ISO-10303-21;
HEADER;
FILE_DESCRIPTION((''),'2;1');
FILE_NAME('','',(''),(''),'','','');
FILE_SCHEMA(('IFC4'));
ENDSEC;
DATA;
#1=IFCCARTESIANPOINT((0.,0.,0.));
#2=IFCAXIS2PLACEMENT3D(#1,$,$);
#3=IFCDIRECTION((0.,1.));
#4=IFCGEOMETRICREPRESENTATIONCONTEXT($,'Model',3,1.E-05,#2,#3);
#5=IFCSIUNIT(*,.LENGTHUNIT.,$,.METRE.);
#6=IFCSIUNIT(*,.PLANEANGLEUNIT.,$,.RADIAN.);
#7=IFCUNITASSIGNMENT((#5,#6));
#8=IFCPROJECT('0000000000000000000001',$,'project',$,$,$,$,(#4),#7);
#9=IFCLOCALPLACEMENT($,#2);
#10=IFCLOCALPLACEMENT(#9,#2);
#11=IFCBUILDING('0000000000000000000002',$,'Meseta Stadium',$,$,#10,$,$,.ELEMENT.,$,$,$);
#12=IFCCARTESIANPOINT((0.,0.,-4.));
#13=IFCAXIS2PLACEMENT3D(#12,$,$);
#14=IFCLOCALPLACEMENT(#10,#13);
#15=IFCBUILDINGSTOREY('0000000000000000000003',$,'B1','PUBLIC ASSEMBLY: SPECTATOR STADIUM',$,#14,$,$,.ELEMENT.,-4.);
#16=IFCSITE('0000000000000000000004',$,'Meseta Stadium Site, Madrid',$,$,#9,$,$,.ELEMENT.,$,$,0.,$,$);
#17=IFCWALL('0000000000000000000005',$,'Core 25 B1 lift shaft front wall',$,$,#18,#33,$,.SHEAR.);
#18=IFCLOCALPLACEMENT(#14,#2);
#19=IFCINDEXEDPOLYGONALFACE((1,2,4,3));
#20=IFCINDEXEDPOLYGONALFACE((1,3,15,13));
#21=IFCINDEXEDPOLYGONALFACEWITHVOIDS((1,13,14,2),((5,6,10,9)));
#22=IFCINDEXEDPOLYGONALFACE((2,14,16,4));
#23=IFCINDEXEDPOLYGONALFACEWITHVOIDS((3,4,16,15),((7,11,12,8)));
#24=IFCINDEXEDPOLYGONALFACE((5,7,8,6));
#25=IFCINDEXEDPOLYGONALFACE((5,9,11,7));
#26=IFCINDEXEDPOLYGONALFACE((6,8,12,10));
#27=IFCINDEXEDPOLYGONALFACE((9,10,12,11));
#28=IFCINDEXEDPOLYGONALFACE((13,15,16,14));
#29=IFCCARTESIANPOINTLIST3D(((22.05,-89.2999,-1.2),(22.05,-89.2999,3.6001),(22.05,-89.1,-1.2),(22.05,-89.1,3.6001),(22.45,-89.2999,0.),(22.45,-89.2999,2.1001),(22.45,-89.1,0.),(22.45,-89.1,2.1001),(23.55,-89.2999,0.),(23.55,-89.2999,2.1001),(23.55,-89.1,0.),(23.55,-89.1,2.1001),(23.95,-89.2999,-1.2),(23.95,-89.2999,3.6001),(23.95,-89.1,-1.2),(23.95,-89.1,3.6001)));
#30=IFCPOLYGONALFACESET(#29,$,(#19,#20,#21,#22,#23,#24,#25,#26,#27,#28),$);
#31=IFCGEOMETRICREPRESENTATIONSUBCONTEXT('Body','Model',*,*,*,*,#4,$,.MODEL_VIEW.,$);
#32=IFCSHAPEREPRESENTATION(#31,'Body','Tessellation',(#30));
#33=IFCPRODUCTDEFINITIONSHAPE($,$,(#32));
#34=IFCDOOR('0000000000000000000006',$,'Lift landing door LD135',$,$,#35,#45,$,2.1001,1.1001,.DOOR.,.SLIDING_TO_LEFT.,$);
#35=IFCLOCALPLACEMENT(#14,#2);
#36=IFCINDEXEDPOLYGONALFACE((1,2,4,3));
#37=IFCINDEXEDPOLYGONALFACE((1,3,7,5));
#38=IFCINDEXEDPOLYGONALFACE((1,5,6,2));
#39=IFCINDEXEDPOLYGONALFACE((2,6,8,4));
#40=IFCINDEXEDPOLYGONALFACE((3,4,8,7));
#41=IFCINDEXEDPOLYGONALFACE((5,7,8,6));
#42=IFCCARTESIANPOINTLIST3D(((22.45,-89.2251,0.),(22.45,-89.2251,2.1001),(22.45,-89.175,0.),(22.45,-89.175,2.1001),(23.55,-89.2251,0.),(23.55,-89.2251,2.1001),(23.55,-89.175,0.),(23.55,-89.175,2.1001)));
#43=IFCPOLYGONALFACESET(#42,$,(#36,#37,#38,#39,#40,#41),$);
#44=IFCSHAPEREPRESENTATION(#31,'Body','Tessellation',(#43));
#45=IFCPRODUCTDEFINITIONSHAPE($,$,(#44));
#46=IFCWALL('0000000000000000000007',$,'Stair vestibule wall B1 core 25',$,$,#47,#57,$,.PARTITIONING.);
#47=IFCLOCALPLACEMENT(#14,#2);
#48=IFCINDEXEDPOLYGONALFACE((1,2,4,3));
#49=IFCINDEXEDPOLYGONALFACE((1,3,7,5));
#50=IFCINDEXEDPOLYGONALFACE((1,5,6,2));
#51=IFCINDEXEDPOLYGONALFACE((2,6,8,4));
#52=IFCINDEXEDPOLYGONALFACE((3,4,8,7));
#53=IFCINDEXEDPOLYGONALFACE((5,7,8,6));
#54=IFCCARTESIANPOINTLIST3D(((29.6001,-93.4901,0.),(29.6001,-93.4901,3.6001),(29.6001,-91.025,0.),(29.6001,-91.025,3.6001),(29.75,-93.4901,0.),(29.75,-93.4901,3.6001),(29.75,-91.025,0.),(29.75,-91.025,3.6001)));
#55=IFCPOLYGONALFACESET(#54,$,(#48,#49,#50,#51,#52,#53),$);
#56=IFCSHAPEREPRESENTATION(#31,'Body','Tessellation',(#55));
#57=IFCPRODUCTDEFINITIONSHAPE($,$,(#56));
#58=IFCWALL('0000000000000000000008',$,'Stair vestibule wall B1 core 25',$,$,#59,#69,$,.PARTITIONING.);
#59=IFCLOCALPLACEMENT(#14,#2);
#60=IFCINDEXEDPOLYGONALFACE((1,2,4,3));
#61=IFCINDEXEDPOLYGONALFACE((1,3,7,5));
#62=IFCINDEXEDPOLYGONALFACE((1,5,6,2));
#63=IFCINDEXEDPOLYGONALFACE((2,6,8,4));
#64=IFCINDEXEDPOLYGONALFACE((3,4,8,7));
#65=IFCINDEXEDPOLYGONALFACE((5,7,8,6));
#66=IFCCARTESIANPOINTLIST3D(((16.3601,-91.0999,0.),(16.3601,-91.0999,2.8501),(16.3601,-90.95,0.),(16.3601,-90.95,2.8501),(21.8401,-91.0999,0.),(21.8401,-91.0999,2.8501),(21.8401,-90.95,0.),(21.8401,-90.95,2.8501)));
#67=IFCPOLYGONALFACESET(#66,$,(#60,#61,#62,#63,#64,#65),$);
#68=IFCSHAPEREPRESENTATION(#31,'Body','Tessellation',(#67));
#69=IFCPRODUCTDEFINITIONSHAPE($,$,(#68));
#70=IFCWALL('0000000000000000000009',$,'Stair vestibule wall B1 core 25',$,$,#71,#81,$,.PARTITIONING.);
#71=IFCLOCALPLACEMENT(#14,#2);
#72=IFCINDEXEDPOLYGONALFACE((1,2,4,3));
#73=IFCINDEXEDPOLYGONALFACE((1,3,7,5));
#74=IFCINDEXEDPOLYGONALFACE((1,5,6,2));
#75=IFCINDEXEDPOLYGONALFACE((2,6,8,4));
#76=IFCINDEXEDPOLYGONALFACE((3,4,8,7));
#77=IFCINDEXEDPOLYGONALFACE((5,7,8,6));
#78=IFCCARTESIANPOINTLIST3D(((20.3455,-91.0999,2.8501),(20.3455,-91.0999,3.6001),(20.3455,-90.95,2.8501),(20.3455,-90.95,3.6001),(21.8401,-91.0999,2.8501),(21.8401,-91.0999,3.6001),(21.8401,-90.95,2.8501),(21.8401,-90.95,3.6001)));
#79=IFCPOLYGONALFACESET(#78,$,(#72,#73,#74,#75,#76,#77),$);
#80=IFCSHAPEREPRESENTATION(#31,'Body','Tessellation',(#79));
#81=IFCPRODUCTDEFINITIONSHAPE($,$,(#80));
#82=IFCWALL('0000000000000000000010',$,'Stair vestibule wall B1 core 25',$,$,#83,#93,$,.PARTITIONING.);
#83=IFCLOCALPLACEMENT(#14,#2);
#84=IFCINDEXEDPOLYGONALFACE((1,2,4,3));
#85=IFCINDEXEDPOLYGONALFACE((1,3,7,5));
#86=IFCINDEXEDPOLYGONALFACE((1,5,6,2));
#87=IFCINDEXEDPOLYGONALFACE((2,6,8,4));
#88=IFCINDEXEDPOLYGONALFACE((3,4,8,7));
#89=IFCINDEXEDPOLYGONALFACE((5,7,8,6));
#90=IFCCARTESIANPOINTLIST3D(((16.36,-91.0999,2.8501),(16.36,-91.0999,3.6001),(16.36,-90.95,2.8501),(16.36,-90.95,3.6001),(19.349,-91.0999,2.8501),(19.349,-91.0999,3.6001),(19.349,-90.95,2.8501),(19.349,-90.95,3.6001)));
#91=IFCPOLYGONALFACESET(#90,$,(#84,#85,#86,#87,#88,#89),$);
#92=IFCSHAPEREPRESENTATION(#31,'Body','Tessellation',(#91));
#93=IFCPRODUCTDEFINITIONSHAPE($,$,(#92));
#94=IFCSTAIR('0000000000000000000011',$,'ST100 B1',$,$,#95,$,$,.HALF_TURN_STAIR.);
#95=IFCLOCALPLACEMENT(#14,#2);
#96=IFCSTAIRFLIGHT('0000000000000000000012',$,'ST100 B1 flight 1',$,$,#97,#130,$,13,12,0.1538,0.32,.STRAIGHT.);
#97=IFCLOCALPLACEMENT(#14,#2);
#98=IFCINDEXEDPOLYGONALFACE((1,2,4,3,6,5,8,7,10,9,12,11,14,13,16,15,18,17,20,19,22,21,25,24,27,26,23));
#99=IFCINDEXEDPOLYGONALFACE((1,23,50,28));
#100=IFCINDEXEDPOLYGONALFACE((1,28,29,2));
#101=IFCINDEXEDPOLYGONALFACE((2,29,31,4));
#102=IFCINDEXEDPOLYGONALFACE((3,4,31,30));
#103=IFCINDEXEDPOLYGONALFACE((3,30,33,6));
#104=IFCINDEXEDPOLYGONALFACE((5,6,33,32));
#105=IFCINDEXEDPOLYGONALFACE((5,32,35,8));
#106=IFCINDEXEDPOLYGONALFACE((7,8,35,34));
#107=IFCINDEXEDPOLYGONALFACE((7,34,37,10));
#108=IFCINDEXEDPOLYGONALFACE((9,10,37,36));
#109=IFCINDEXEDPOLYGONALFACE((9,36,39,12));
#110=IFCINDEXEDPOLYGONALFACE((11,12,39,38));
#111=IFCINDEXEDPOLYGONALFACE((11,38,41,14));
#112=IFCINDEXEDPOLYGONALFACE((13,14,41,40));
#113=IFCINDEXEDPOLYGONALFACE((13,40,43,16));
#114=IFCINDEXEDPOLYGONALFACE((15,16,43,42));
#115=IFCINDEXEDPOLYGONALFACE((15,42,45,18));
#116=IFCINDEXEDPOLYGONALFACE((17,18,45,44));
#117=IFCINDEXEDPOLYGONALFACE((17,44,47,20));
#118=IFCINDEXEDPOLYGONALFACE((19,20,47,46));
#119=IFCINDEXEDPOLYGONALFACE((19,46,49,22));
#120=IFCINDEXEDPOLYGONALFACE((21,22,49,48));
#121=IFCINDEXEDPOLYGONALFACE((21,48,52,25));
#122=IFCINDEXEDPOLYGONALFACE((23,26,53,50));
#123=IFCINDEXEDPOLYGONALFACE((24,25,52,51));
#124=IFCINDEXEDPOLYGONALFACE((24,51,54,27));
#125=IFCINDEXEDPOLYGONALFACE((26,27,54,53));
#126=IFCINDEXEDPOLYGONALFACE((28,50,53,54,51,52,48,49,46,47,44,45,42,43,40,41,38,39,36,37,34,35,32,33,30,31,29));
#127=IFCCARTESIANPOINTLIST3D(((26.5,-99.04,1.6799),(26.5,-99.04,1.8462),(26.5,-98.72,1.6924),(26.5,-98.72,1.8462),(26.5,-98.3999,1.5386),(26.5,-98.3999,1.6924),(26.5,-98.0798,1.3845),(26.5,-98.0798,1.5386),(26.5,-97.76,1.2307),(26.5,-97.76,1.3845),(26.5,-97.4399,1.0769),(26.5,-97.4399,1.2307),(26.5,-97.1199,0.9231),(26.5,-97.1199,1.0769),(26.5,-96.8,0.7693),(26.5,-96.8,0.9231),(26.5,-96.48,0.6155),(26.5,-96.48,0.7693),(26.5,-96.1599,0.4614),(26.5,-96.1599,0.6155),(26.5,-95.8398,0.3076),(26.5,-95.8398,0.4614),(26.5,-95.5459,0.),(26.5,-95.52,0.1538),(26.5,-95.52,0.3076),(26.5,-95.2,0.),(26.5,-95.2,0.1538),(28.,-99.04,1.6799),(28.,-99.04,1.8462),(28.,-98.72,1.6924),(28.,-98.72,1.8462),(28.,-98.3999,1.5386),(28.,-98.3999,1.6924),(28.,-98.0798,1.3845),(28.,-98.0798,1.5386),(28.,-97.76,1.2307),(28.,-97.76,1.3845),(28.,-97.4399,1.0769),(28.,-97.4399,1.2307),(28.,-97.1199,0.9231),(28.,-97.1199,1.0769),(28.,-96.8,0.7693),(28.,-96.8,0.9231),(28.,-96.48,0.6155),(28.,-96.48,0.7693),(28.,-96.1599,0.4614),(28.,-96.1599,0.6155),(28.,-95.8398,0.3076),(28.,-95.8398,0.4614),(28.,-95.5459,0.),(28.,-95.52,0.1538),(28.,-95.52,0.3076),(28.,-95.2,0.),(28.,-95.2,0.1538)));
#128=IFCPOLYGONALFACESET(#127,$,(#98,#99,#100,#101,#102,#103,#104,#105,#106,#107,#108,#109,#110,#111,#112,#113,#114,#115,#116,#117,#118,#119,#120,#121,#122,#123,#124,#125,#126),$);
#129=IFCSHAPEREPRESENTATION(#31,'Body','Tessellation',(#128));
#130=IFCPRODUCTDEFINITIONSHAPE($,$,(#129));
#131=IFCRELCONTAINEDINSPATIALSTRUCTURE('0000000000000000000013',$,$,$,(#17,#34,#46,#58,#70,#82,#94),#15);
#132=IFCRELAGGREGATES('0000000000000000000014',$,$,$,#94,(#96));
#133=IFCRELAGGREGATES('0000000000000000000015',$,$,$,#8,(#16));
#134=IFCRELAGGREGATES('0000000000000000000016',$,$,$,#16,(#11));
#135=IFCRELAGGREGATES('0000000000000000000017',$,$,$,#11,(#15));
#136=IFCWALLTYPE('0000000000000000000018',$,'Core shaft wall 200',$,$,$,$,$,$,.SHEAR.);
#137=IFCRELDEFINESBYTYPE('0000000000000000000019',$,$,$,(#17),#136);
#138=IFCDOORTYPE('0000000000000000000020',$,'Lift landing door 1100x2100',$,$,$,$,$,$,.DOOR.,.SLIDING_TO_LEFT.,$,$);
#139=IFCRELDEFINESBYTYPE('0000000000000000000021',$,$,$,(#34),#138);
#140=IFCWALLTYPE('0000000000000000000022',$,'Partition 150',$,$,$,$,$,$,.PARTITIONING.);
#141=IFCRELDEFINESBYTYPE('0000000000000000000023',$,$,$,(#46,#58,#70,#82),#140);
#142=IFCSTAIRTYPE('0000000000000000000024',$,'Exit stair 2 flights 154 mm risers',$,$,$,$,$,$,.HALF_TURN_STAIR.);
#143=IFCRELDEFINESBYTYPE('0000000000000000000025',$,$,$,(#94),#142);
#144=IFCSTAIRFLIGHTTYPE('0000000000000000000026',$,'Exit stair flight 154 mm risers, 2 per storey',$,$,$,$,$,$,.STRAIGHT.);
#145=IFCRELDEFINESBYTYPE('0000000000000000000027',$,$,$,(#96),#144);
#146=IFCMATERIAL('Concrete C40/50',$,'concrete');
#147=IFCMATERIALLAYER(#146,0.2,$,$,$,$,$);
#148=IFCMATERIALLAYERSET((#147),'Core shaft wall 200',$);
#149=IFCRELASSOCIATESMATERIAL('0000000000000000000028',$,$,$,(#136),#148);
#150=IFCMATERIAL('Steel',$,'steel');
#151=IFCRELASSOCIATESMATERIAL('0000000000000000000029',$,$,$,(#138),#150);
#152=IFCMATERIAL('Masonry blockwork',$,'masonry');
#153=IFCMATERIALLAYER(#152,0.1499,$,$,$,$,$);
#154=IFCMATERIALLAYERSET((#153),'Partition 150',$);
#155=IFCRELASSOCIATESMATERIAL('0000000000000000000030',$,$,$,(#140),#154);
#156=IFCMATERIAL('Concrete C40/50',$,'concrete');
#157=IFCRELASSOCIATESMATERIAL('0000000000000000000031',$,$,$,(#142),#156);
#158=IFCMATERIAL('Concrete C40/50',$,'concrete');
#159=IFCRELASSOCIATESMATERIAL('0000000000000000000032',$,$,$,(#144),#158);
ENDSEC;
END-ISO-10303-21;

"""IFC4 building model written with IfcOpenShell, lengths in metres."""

from ifc_helpers import new_model, si_unit, direction, frame, frame_2d, origin, place, context, subcontext, project, spatial, polyline, rectangle, outline, extrude, material, layer, layer_set, type_object, element, fill, aggregate, save


model = new_model("IFC4")

# Units and contexts
model_context = context("Model", 3, precision=1e-05, world=origin(), true_north=direction((0.0, 1.0)))
body_context = subcontext(model_context, "Body", "Model", "MODEL_VIEW")
ifc_project = project(units=[si_unit("LENGTHUNIT", "METRE"), si_unit("PLANEANGLEUNIT", "RADIAN")], contexts=[model_context])

# Site, building, storey
site_placement = place(None, origin())
site = spatial("IfcSite", under=ifc_project, at=site_placement, Name="Meseta Stadium Site, Madrid", CompositionType="ELEMENT", RefElevation=0.0)
building_placement = place(site_placement, origin())
building = spatial("IfcBuilding", under=site, at=building_placement, Name="Meseta Stadium", CompositionType="ELEMENT")
storey_placement = place(building_placement, frame((0.0, 0.0, -4.0)))
storey = spatial("IfcBuildingStorey", under=building, at=storey_placement, Name="B1", Description="PUBLIC ASSEMBLY: SPECTATOR STADIUM", CompositionType="ELEMENT", Elevation=-4.0)

# Shared definitions
ifc_material_1 = material(Name="Concrete C40/50", Category="concrete")
ifc_layer_1 = layer(ifc_material_1, 0.2)
ifc_layer_set_1 = layer_set([ifc_layer_1], Name="Core shaft wall 200")
wall_type_1 = type_object("IfcWallType", Name="Core shaft wall 200", PredefinedType="SHEAR", material=ifc_layer_set_1)

# Wall, opening, door
wall_1_placement = place(storey_placement, frame((22.05, -89.2, -1.2), z_axis=(0.0, 0.0, 1.0), x_axis=(1.0, 0.0, 0.0)))
wall_1 = element("IfcWall", 1, at=wall_1_placement, inside=storey, type_object=wall_type_1, Name="Core 25 B1 lift shaft front wall", PredefinedType="SHEAR", context=body_context, shape_type="SweptSolid", body=[
    extrude(rectangle(XDim=1.8999, YDim=0.2, at=frame_2d((0.95, 0.0))), origin(), (0.0, 0.0, 1.0), 4.8),
])
opening_1_placement = place(wall_1_placement, frame((0.3999, 0.0, 1.2)))
opening_1 = element("IfcOpeningElement", 2, at=opening_1_placement, cuts=wall_1, PredefinedType="OPENING", context=body_context, shape_type="SweptSolid", body=[
    extrude(rectangle(XDim=1.1001, YDim=2.1001, at=frame_2d((0.55, 1.05))), frame((0.0, 0.1099, 0.0), z_axis=(0.0, -1.0, 0.0), x_axis=(1.0, 0.0, 0.0)), (0.0, 0.0, 1.0), 0.22),
])
ifc_material_2 = material(Name="Steel", Category="steel")
door_type_1 = type_object("IfcDoorType", Name="Lift landing door 1100x2100", OperationType="SLIDING_TO_LEFT", PredefinedType="DOOR", material=ifc_material_2)
door_1_placement = place(opening_1_placement, origin())
door_1 = element("IfcDoor", 3, at=door_1_placement, inside=storey, type_object=door_type_1, Name="Lift landing door LD135", OperationType="SLIDING_TO_LEFT", OverallHeight=2.1001, OverallWidth=1.1001, PredefinedType="DOOR", context=body_context, shape_type="SweptSolid", body=[
    extrude(rectangle(XDim=1.1001, YDim=2.1001, at=frame_2d((0.55, 1.05))), frame((0.0, 0.0249, 0.0), z_axis=(0.0, -1.0, 0.0), x_axis=(1.0, 0.0, 0.0)), (0.0, 0.0, 1.0), 0.05),
])
fill(opening_1, door_1)

# Walls
ifc_material_3 = material(Name="Masonry blockwork", Category="masonry")
ifc_layer_2 = layer(ifc_material_3, 0.1499)
ifc_layer_set_2 = layer_set([ifc_layer_2], Name="Partition 150")
wall_type_2 = type_object("IfcWallType", Name="Partition 150", PredefinedType="PARTITIONING", material=ifc_layer_set_2)
wall_2_placement = place(storey_placement, frame((29.675, -93.49, 0.0), z_axis=(0.0, 0.0, 1.0), x_axis=(0.0, 1.0, 0.0)))
element("IfcWall", 4, at=wall_2_placement, inside=storey, type_object=wall_type_2, Name="Stair vestibule wall B1 core 25", PredefinedType="PARTITIONING", context=body_context, shape_type="SweptSolid", body=[
    extrude(rectangle(XDim=2.4651, YDim=0.1499, at=frame_2d((1.2324, 0.0))), origin(), (0.0, 0.0, 1.0), 3.6001),
])
wall_3_placement = place(storey_placement, frame((21.8401, -91.0249, 0.0), z_axis=(0.0, 0.0, 1.0), x_axis=(-1.0, 0.0, 0.0)))
element("IfcWall", 5, at=wall_3_placement, inside=storey, type_object=wall_type_2, Name="Stair vestibule wall B1 core 25", PredefinedType="PARTITIONING", context=body_context, shape_type="SweptSolid", body=[
    extrude(rectangle(XDim=5.48, YDim=0.1499, at=frame_2d((2.74, 0.0))), origin(), (0.0, 0.0, 1.0), 2.8501),
])
wall_4_placement = place(storey_placement, frame((21.8401, -91.0249, 2.8501), z_axis=(0.0, 0.0, 1.0), x_axis=(-1.0, 0.0, 0.0)))
element("IfcWall", 6, at=wall_4_placement, inside=storey, type_object=wall_type_2, Name="Stair vestibule wall B1 core 25", PredefinedType="PARTITIONING", context=body_context, shape_type="SweptSolid", body=[
    extrude(rectangle(XDim=1.4946, YDim=0.1499, at=frame_2d((0.7473, 0.0))), origin(), (0.0, 0.0, 1.0), 0.75),
])
wall_5_placement = place(storey_placement, frame((19.3491, -91.0249, 2.8501), z_axis=(0.0, 0.0, 1.0), x_axis=(-1.0, 0.0, 0.0)))
element("IfcWall", 7, at=wall_5_placement, inside=storey, type_object=wall_type_2, Name="Stair vestibule wall B1 core 25", PredefinedType="PARTITIONING", context=body_context, shape_type="SweptSolid", body=[
    extrude(rectangle(XDim=2.989, YDim=0.1499, at=frame_2d((1.4946, 0.0))), origin(), (0.0, 0.0, 1.0), 0.75),
])

# Stair, stair flight
ifc_material_4 = material(Name="Concrete C40/50", Category="concrete")
stair_type = type_object("IfcStairType", Name="Exit stair 2 flights 154 mm risers", PredefinedType="HALF_TURN_STAIR", material=ifc_material_4)
stair_placement = place(storey_placement, origin())
stair = element("IfcStair", 8, at=stair_placement, inside=storey, type_object=stair_type, Name="ST100 B1", PredefinedType="HALF_TURN_STAIR")
ifc_material_5 = material(Name="Concrete C40/50", Category="concrete")
stair_flight_type = type_object("IfcStairFlightType", Name="Exit stair flight 154 mm risers, 2 per storey", PredefinedType="STRAIGHT", material=ifc_material_5)
stair_flight_placement = place(storey_placement, frame((27.25, -95.2, 0.0), z_axis=(0.0, 0.0, 1.0), x_axis=(0.0, -1.0, 0.0)))
stair_flight = element("IfcStairFlight", 9, at=stair_flight_placement, type_object=stair_flight_type, Name="ST100 B1 flight 1", NumberOfRisers=13, NumberOfTreads=12, PredefinedType="STRAIGHT", RiserHeight=0.1538, TreadLength=0.32, context=body_context, shape_type="SweptSolid", body=[
    extrude(outline(polyline([(0.0, 0.0), (0.0, 0.1538), (0.3201, 0.1538), (0.3201, 0.3076), (0.6399, 0.3076), (0.6399, 0.4614), (0.96, 0.4614), (0.96, 0.6155), (1.28, 0.6155), (1.28, 0.7693), (1.6001, 0.7693), (1.6001, 0.9231), (1.9199, 0.9231), (1.9199, 1.0769), (2.24, 1.0769), (2.24, 1.2307), (2.5601, 1.2307), (2.5601, 1.3845), (2.8799, 1.3845), (2.8799, 1.5386), (3.2, 1.5386), (3.2, 1.6924), (3.52, 1.6924), (3.52, 1.8462), (3.8401, 1.8462), (3.8401, 1.6799), (0.3459, 0.0), (0.0, 0.0)])), frame((0.0, 0.75, 0.0), z_axis=(0.0, -1.0, 0.0), x_axis=(1.0, 0.0, 0.0)), (0.0, 0.0, 1.0), 1.5),
])
aggregate(stair, [stair_flight])

save(model, "model.ifc")
